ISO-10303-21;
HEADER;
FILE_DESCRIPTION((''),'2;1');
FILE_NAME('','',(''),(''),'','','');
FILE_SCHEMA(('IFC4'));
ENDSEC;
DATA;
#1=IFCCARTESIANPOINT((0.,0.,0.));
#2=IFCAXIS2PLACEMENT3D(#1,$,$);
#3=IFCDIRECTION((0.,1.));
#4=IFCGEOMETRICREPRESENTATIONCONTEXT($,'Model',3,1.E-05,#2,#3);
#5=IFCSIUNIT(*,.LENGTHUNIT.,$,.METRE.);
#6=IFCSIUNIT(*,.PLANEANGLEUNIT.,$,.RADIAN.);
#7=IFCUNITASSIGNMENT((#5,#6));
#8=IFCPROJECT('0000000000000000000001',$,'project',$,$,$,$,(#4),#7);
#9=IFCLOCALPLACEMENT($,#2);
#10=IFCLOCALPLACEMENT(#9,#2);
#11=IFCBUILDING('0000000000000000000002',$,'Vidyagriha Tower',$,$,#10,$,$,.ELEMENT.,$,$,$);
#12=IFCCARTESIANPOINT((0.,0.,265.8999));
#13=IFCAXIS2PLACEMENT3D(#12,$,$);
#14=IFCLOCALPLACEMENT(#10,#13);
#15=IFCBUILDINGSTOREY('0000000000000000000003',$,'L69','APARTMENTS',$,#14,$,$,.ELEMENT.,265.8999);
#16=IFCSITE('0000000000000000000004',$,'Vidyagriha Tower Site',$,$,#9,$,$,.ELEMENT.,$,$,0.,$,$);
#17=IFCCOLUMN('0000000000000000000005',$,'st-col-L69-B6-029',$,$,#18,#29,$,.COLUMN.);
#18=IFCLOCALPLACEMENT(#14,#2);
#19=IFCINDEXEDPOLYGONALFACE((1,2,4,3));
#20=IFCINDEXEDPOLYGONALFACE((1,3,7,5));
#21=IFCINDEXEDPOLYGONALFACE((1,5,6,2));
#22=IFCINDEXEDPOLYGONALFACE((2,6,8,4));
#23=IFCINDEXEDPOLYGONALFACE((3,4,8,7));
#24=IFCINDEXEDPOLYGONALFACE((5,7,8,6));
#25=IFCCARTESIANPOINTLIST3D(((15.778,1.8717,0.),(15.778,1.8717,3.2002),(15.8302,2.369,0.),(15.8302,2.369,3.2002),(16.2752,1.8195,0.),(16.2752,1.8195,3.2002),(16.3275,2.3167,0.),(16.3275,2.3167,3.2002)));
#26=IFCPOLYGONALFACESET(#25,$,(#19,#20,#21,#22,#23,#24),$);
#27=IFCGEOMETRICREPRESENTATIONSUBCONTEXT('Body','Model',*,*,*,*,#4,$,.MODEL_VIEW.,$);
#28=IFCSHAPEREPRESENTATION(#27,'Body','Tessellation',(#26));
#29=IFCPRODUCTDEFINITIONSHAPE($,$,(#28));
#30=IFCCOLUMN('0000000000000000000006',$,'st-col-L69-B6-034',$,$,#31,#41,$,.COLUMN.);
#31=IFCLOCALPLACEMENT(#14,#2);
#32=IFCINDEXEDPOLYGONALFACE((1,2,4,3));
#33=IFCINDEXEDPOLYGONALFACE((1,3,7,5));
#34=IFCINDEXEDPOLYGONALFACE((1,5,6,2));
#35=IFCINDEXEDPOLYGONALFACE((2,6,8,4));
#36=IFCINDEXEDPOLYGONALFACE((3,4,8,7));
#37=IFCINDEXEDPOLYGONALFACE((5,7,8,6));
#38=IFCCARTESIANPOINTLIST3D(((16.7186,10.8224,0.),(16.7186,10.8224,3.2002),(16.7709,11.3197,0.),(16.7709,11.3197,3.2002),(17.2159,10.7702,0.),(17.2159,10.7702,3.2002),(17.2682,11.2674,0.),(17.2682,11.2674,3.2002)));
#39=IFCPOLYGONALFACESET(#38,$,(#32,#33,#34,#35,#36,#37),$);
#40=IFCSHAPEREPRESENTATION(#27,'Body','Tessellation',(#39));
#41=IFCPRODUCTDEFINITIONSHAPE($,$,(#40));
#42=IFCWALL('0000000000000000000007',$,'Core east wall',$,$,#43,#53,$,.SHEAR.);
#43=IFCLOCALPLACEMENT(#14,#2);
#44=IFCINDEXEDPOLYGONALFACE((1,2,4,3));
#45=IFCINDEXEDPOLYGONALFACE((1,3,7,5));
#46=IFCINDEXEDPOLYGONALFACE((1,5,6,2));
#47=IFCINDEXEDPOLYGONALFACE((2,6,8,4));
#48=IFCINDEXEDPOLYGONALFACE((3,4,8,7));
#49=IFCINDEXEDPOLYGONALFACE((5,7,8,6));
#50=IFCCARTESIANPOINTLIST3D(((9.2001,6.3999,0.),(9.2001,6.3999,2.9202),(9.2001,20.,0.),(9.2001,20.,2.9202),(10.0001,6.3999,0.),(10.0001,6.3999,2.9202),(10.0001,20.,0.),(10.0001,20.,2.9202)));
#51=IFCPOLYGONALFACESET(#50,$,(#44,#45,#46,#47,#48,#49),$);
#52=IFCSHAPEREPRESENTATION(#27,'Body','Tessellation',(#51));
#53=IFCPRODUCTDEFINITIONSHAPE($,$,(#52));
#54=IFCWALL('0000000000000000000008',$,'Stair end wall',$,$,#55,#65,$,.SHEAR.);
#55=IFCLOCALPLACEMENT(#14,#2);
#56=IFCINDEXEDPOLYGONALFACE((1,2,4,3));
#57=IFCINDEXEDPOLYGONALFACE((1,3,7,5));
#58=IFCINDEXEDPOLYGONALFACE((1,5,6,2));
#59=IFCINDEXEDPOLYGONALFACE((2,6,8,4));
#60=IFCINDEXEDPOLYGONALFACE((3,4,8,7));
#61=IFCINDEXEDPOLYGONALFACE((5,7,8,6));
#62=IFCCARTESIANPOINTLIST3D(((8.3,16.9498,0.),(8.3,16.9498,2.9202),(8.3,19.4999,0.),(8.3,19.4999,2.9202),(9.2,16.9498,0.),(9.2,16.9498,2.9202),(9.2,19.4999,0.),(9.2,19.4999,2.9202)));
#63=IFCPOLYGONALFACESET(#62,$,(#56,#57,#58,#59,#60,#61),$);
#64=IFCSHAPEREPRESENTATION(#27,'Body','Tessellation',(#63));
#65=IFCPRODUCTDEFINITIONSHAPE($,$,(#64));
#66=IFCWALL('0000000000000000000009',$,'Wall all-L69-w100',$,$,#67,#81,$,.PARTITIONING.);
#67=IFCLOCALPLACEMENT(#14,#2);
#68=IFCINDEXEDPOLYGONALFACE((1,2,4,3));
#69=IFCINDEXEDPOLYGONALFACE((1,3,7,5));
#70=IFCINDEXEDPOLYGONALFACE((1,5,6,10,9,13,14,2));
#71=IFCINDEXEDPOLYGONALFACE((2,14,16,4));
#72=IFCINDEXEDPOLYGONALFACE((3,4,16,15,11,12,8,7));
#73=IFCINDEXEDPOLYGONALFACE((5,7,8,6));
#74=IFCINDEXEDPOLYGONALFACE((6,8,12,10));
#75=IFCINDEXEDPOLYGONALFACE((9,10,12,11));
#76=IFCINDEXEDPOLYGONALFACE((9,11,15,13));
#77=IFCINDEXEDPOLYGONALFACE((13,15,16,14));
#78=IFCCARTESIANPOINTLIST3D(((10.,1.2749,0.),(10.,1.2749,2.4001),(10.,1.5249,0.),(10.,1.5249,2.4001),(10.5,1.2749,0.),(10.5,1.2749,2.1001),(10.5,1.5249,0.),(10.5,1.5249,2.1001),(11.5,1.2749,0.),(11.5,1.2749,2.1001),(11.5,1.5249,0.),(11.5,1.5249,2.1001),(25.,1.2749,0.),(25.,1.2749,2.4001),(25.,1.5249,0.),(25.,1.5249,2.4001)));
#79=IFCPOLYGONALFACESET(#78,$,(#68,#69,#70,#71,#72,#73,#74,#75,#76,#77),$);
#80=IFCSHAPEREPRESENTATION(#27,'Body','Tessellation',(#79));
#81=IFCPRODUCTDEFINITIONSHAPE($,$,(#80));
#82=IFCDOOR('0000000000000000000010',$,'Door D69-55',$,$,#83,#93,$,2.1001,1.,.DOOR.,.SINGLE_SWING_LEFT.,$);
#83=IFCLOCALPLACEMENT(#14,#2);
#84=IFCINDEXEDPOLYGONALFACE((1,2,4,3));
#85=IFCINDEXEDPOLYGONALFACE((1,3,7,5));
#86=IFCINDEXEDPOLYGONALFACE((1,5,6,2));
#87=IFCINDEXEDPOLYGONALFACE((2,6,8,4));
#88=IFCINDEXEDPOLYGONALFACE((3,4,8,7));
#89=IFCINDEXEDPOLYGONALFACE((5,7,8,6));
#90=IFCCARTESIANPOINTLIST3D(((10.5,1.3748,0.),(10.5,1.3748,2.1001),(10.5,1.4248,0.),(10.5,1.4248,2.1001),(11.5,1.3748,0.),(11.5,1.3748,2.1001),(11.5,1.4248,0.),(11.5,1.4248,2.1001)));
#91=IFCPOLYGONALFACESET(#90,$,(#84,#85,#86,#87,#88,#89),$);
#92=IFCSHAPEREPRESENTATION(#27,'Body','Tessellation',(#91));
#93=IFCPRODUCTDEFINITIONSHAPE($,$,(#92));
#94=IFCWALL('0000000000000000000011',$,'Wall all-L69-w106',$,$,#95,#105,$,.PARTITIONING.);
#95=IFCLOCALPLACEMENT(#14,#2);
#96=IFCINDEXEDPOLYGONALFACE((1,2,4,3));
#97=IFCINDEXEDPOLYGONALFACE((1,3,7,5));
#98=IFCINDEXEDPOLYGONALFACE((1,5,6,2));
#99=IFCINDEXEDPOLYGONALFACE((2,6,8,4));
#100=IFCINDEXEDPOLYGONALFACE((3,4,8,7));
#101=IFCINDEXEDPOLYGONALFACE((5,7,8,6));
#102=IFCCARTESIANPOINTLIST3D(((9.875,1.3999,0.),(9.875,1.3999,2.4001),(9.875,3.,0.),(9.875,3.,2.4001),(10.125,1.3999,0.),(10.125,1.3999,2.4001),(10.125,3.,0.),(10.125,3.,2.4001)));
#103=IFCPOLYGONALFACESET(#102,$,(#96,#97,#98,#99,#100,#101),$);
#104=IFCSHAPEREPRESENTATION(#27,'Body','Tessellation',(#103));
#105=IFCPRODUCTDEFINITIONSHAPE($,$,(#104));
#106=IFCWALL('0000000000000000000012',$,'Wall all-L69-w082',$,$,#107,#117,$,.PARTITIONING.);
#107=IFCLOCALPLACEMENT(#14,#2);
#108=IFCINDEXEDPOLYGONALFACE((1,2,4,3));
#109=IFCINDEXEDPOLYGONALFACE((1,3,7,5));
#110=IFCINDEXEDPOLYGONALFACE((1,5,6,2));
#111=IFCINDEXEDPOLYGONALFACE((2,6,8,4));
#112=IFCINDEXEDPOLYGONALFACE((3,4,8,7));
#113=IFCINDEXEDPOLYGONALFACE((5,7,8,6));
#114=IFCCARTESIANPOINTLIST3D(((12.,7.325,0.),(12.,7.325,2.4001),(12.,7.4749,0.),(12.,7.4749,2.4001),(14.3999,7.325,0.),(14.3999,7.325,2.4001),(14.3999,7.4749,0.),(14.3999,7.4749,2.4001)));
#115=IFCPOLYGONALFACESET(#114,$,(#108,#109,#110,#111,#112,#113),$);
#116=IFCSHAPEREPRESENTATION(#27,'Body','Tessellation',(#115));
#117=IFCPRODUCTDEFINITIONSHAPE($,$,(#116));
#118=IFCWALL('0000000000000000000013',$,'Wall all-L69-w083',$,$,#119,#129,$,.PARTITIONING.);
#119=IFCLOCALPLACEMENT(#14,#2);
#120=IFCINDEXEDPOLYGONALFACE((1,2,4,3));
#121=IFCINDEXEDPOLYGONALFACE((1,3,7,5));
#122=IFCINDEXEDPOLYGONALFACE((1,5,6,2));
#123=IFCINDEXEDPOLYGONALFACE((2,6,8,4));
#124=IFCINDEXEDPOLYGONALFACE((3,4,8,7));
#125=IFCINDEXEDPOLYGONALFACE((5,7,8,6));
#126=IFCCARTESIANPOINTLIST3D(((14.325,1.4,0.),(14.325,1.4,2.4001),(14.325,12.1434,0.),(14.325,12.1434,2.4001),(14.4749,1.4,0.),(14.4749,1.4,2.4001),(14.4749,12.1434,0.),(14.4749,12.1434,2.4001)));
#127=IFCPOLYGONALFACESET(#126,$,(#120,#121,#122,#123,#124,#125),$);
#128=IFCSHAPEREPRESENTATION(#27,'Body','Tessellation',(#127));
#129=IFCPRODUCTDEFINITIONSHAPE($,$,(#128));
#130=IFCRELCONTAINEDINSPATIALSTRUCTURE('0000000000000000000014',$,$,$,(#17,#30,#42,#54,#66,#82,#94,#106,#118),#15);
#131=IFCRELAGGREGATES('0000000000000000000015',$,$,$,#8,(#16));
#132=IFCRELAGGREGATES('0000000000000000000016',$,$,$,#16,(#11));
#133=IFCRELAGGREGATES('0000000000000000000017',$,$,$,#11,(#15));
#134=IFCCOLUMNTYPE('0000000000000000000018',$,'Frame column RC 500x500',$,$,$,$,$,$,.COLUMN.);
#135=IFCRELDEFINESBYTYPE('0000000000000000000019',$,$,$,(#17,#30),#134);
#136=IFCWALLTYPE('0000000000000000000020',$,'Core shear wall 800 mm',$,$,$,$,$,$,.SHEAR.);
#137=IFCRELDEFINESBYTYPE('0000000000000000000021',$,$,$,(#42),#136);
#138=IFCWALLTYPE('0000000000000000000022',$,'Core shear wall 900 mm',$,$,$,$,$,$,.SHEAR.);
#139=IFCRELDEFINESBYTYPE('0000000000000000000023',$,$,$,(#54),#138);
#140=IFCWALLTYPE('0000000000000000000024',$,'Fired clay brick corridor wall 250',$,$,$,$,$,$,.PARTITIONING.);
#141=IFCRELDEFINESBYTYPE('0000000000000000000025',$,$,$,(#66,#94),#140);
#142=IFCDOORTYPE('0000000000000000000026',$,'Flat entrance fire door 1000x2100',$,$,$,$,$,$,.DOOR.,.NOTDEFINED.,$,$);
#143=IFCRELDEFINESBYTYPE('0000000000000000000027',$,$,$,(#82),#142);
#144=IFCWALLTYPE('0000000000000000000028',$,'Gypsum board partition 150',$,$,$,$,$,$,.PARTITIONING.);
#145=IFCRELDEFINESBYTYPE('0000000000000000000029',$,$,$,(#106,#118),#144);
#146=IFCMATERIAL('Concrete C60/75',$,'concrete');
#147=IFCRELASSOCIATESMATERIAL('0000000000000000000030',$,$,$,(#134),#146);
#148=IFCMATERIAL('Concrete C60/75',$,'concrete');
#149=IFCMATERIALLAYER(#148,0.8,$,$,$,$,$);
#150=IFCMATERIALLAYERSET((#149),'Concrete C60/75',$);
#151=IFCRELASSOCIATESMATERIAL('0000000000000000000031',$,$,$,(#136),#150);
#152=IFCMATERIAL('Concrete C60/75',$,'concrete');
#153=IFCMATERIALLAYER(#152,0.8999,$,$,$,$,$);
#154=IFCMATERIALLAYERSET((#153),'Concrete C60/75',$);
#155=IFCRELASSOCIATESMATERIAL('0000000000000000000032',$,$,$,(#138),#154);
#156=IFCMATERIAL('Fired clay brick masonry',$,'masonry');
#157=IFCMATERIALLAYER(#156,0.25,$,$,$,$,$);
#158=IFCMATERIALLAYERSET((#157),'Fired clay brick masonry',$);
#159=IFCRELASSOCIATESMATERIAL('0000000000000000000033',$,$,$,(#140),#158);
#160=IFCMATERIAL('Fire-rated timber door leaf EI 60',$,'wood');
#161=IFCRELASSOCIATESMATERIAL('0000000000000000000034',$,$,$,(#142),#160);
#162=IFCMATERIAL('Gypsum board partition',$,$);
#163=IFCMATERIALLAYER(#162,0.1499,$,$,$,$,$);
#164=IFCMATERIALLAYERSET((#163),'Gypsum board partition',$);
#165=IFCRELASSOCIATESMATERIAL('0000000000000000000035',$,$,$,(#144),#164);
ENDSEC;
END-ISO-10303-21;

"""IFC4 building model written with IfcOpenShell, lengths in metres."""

from ifc_helpers import new_model, si_unit, direction, frame, frame_2d, origin, origin_2d, place, context, subcontext, project, spatial, rectangle, extrude, material, layer, layer_set, material_profile, profile_set, type_object, element, fill, save


model = new_model("IFC4")

# Units and contexts
model_context = context("Model", 3, precision=1e-05, world=origin(), true_north=direction((0.0, 1.0)))
body_context = subcontext(model_context, "Body", "Model", "MODEL_VIEW")
ifc_project = project(units=[si_unit("LENGTHUNIT", "METRE"), si_unit("PLANEANGLEUNIT", "RADIAN")], contexts=[model_context])

# Site, building, storey
site_placement = place(None, origin())
site = spatial("IfcSite", under=ifc_project, at=site_placement, Name="Vidyagriha Tower Site", CompositionType="ELEMENT", RefElevation=0.0)
building_placement = place(site_placement, origin())
building = spatial("IfcBuilding", under=site, at=building_placement, Name="Vidyagriha Tower", CompositionType="ELEMENT")
storey_placement = place(building_placement, frame((0.0, 0.0, 265.8999)))
storey = spatial("IfcBuildingStorey", under=building, at=storey_placement, Name="L69", Description="APARTMENTS", CompositionType="ELEMENT", Elevation=265.8999)

# Columns
ifc_material_1 = material(Name="Concrete C60/75", Category="concrete")
ifc_material_profile = material_profile(ifc_material_1, rectangle(XDim=0.5, YDim=0.5, at=origin_2d()), Name="RC 500x500")
ifc_profile_set = profile_set([ifc_material_profile], Name="Concrete C60/75")
column_type = type_object("IfcColumnType", Name="Frame column RC 500x500", PredefinedType="COLUMN", material=ifc_profile_set)
for number, where, z_axis, x_axis, name in (
    (1, (16.0527, 2.0942, 0.0), (0.0, 0.0, 1.0), (0.994522, -0.104528, 0.0), "st-col-L69-B6-029"),
    (2, (16.9934, 11.0449, 0.0), (0.0, 0.0, 1.0), (0.994522, -0.104528, 0.0), "st-col-L69-B6-034"),
):
    element("IfcColumn", number, at=place(storey_placement, frame(where, z_axis=z_axis, x_axis=x_axis)), inside=storey, type_object=column_type, Name=name, PredefinedType="COLUMN", context=body_context, shape_type="SweptSolid", body=[
        extrude(rectangle(XDim=0.5, YDim=0.5, at=origin_2d()), origin(), (0.0, 0.0, 1.0), 3.2002),
    ])

# Walls
ifc_material_2 = material(Name="Concrete C60/75", Category="concrete")
ifc_layer_1 = layer(ifc_material_2, 0.8)
ifc_layer_set_1 = layer_set([ifc_layer_1], Name="Concrete C60/75")
wall_type_1 = type_object("IfcWallType", Name="Core shear wall 800 mm", PredefinedType="SHEAR", material=ifc_layer_set_1)
wall_1_placement = place(storey_placement, frame((9.6001, 6.3999, 0.0), z_axis=(0.0, 0.0, 1.0), x_axis=(0.0, 1.0, 0.0)))
element("IfcWall", 3, at=wall_1_placement, inside=storey, type_object=wall_type_1, Name="Core east wall", PredefinedType="SHEAR", context=body_context, shape_type="SweptSolid", body=[
    extrude(rectangle(XDim=13.6001, YDim=0.8, at=frame_2d((6.8, 0.0))), origin(), (0.0, 0.0, 1.0), 2.9202),
])
ifc_material_3 = material(Name="Concrete C60/75", Category="concrete")
ifc_layer_2 = layer(ifc_material_3, 0.8999)
ifc_layer_set_2 = layer_set([ifc_layer_2], Name="Concrete C60/75")
wall_type_2 = type_object("IfcWallType", Name="Core shear wall 900 mm", PredefinedType="SHEAR", material=ifc_layer_set_2)
wall_2_placement = place(storey_placement, frame((8.75, 16.95, 0.0), z_axis=(0.0, 0.0, 1.0), x_axis=(0.0, 1.0, 0.0)))
element("IfcWall", 4, at=wall_2_placement, inside=storey, type_object=wall_type_2, Name="Stair end wall", PredefinedType="SHEAR", context=body_context, shape_type="SweptSolid", body=[
    extrude(rectangle(XDim=2.55, YDim=0.8999, at=frame_2d((1.2749, 0.0))), origin(), (0.0, 0.0, 1.0), 2.9202),
])

# Wall, opening, door
ifc_material_4 = material(Name="Fired clay brick masonry", Category="masonry")
ifc_layer_3 = layer(ifc_material_4, 0.25)
ifc_layer_set_3 = layer_set([ifc_layer_3], Name="Fired clay brick masonry")
wall_type_3 = type_object("IfcWallType", Name="Fired clay brick corridor wall 250", PredefinedType="PARTITIONING", material=ifc_layer_set_3)
wall_3_placement = place(storey_placement, frame((10.0, 1.3999, 0.0)))
wall_3 = element("IfcWall", 5, at=wall_3_placement, inside=storey, type_object=wall_type_3, Name="Wall all-L69-w100", PredefinedType="PARTITIONING", context=body_context, shape_type="SweptSolid", body=[
    extrude(rectangle(XDim=15.0, YDim=0.25, at=frame_2d((7.5, 0.0))), origin(), (0.0, 0.0, 1.0), 2.4001),
])
opening_1_placement = place(wall_3_placement, frame((0.5, 0.0, 0.0)))
opening_1 = element("IfcOpeningElement", 6, at=opening_1_placement, cuts=wall_3, PredefinedType="OPENING", context=body_context, shape_type="SweptSolid", body=[
    extrude(rectangle(XDim=1.0, YDim=2.1001, at=frame_2d((0.5, 1.05))), frame((0.0, 0.135, 0.0), z_axis=(0.0, -1.0, 0.0), x_axis=(1.0, 0.0, 0.0)), (0.0, 0.0, 1.0), 0.27),
])
ifc_material_5 = material(Name="Fire-rated timber door leaf EI 60", Category="wood")
door_type_1 = type_object("IfcDoorType", Name="Flat entrance fire door 1000x2100", OperationType="NOTDEFINED", PredefinedType="DOOR", material=ifc_material_5)
door_1_placement = place(opening_1_placement, origin())
door_1 = element("IfcDoor", 7, at=door_1_placement, inside=storey, type_object=door_type_1, Name="Door D69-55", OperationType="SINGLE_SWING_LEFT", OverallHeight=2.1001, OverallWidth=1.0, PredefinedType="DOOR", context=body_context, shape_type="SweptSolid", body=[
    extrude(rectangle(XDim=1.0, YDim=2.1001, at=frame_2d((0.5, 1.05))), frame((0.0, 0.0249, 0.0), z_axis=(0.0, -1.0, 0.0), x_axis=(1.0, 0.0, 0.0)), (0.0, 0.0, 1.0), 0.05),
])
fill(opening_1, door_1)

# Walls
wall_4_placement = place(storey_placement, frame((10.0, 1.3999, 0.0), z_axis=(0.0, 0.0, 1.0), x_axis=(0.0, 1.0, 0.0)))
element("IfcWall", 8, at=wall_4_placement, inside=storey, type_object=wall_type_3, Name="Wall all-L69-w106", PredefinedType="PARTITIONING", context=body_context, shape_type="SweptSolid", body=[
    extrude(rectangle(XDim=1.6001, YDim=0.25, at=frame_2d((0.8, 0.0))), origin(), (0.0, 0.0, 1.0), 2.4001),
])
ifc_material_6 = material(Name="Gypsum board partition")
ifc_layer_4 = layer(ifc_material_6, 0.1499)
ifc_layer_set_4 = layer_set([ifc_layer_4], Name="Gypsum board partition")
wall_type_4 = type_object("IfcWallType", Name="Gypsum board partition 150", PredefinedType="PARTITIONING", material=ifc_layer_set_4)
wall_5_placement = place(storey_placement, frame((12.0, 7.3999, 0.0)))
element("IfcWall", 9, at=wall_5_placement, inside=storey, type_object=wall_type_4, Name="Wall all-L69-w082", PredefinedType="PARTITIONING", context=body_context, shape_type="SweptSolid", body=[
    extrude(rectangle(XDim=2.3999, YDim=0.1499, at=frame_2d((1.2, 0.0))), origin(), (0.0, 0.0, 1.0), 2.4001),
])
wall_6_placement = place(storey_placement, frame((14.3999, 12.1433, 0.0), z_axis=(0.0, 0.0, 1.0), x_axis=(0.0, -1.0, 0.0)))
element("IfcWall", 10, at=wall_6_placement, inside=storey, type_object=wall_type_4, Name="Wall all-L69-w083", PredefinedType="PARTITIONING", context=body_context, shape_type="SweptSolid", body=[
    extrude(rectangle(XDim=10.7434, YDim=0.1499, at=frame_2d((5.3716, 0.0))), origin(), (0.0, 0.0, 1.0), 2.4001),
])

save(model, "model.ifc")
